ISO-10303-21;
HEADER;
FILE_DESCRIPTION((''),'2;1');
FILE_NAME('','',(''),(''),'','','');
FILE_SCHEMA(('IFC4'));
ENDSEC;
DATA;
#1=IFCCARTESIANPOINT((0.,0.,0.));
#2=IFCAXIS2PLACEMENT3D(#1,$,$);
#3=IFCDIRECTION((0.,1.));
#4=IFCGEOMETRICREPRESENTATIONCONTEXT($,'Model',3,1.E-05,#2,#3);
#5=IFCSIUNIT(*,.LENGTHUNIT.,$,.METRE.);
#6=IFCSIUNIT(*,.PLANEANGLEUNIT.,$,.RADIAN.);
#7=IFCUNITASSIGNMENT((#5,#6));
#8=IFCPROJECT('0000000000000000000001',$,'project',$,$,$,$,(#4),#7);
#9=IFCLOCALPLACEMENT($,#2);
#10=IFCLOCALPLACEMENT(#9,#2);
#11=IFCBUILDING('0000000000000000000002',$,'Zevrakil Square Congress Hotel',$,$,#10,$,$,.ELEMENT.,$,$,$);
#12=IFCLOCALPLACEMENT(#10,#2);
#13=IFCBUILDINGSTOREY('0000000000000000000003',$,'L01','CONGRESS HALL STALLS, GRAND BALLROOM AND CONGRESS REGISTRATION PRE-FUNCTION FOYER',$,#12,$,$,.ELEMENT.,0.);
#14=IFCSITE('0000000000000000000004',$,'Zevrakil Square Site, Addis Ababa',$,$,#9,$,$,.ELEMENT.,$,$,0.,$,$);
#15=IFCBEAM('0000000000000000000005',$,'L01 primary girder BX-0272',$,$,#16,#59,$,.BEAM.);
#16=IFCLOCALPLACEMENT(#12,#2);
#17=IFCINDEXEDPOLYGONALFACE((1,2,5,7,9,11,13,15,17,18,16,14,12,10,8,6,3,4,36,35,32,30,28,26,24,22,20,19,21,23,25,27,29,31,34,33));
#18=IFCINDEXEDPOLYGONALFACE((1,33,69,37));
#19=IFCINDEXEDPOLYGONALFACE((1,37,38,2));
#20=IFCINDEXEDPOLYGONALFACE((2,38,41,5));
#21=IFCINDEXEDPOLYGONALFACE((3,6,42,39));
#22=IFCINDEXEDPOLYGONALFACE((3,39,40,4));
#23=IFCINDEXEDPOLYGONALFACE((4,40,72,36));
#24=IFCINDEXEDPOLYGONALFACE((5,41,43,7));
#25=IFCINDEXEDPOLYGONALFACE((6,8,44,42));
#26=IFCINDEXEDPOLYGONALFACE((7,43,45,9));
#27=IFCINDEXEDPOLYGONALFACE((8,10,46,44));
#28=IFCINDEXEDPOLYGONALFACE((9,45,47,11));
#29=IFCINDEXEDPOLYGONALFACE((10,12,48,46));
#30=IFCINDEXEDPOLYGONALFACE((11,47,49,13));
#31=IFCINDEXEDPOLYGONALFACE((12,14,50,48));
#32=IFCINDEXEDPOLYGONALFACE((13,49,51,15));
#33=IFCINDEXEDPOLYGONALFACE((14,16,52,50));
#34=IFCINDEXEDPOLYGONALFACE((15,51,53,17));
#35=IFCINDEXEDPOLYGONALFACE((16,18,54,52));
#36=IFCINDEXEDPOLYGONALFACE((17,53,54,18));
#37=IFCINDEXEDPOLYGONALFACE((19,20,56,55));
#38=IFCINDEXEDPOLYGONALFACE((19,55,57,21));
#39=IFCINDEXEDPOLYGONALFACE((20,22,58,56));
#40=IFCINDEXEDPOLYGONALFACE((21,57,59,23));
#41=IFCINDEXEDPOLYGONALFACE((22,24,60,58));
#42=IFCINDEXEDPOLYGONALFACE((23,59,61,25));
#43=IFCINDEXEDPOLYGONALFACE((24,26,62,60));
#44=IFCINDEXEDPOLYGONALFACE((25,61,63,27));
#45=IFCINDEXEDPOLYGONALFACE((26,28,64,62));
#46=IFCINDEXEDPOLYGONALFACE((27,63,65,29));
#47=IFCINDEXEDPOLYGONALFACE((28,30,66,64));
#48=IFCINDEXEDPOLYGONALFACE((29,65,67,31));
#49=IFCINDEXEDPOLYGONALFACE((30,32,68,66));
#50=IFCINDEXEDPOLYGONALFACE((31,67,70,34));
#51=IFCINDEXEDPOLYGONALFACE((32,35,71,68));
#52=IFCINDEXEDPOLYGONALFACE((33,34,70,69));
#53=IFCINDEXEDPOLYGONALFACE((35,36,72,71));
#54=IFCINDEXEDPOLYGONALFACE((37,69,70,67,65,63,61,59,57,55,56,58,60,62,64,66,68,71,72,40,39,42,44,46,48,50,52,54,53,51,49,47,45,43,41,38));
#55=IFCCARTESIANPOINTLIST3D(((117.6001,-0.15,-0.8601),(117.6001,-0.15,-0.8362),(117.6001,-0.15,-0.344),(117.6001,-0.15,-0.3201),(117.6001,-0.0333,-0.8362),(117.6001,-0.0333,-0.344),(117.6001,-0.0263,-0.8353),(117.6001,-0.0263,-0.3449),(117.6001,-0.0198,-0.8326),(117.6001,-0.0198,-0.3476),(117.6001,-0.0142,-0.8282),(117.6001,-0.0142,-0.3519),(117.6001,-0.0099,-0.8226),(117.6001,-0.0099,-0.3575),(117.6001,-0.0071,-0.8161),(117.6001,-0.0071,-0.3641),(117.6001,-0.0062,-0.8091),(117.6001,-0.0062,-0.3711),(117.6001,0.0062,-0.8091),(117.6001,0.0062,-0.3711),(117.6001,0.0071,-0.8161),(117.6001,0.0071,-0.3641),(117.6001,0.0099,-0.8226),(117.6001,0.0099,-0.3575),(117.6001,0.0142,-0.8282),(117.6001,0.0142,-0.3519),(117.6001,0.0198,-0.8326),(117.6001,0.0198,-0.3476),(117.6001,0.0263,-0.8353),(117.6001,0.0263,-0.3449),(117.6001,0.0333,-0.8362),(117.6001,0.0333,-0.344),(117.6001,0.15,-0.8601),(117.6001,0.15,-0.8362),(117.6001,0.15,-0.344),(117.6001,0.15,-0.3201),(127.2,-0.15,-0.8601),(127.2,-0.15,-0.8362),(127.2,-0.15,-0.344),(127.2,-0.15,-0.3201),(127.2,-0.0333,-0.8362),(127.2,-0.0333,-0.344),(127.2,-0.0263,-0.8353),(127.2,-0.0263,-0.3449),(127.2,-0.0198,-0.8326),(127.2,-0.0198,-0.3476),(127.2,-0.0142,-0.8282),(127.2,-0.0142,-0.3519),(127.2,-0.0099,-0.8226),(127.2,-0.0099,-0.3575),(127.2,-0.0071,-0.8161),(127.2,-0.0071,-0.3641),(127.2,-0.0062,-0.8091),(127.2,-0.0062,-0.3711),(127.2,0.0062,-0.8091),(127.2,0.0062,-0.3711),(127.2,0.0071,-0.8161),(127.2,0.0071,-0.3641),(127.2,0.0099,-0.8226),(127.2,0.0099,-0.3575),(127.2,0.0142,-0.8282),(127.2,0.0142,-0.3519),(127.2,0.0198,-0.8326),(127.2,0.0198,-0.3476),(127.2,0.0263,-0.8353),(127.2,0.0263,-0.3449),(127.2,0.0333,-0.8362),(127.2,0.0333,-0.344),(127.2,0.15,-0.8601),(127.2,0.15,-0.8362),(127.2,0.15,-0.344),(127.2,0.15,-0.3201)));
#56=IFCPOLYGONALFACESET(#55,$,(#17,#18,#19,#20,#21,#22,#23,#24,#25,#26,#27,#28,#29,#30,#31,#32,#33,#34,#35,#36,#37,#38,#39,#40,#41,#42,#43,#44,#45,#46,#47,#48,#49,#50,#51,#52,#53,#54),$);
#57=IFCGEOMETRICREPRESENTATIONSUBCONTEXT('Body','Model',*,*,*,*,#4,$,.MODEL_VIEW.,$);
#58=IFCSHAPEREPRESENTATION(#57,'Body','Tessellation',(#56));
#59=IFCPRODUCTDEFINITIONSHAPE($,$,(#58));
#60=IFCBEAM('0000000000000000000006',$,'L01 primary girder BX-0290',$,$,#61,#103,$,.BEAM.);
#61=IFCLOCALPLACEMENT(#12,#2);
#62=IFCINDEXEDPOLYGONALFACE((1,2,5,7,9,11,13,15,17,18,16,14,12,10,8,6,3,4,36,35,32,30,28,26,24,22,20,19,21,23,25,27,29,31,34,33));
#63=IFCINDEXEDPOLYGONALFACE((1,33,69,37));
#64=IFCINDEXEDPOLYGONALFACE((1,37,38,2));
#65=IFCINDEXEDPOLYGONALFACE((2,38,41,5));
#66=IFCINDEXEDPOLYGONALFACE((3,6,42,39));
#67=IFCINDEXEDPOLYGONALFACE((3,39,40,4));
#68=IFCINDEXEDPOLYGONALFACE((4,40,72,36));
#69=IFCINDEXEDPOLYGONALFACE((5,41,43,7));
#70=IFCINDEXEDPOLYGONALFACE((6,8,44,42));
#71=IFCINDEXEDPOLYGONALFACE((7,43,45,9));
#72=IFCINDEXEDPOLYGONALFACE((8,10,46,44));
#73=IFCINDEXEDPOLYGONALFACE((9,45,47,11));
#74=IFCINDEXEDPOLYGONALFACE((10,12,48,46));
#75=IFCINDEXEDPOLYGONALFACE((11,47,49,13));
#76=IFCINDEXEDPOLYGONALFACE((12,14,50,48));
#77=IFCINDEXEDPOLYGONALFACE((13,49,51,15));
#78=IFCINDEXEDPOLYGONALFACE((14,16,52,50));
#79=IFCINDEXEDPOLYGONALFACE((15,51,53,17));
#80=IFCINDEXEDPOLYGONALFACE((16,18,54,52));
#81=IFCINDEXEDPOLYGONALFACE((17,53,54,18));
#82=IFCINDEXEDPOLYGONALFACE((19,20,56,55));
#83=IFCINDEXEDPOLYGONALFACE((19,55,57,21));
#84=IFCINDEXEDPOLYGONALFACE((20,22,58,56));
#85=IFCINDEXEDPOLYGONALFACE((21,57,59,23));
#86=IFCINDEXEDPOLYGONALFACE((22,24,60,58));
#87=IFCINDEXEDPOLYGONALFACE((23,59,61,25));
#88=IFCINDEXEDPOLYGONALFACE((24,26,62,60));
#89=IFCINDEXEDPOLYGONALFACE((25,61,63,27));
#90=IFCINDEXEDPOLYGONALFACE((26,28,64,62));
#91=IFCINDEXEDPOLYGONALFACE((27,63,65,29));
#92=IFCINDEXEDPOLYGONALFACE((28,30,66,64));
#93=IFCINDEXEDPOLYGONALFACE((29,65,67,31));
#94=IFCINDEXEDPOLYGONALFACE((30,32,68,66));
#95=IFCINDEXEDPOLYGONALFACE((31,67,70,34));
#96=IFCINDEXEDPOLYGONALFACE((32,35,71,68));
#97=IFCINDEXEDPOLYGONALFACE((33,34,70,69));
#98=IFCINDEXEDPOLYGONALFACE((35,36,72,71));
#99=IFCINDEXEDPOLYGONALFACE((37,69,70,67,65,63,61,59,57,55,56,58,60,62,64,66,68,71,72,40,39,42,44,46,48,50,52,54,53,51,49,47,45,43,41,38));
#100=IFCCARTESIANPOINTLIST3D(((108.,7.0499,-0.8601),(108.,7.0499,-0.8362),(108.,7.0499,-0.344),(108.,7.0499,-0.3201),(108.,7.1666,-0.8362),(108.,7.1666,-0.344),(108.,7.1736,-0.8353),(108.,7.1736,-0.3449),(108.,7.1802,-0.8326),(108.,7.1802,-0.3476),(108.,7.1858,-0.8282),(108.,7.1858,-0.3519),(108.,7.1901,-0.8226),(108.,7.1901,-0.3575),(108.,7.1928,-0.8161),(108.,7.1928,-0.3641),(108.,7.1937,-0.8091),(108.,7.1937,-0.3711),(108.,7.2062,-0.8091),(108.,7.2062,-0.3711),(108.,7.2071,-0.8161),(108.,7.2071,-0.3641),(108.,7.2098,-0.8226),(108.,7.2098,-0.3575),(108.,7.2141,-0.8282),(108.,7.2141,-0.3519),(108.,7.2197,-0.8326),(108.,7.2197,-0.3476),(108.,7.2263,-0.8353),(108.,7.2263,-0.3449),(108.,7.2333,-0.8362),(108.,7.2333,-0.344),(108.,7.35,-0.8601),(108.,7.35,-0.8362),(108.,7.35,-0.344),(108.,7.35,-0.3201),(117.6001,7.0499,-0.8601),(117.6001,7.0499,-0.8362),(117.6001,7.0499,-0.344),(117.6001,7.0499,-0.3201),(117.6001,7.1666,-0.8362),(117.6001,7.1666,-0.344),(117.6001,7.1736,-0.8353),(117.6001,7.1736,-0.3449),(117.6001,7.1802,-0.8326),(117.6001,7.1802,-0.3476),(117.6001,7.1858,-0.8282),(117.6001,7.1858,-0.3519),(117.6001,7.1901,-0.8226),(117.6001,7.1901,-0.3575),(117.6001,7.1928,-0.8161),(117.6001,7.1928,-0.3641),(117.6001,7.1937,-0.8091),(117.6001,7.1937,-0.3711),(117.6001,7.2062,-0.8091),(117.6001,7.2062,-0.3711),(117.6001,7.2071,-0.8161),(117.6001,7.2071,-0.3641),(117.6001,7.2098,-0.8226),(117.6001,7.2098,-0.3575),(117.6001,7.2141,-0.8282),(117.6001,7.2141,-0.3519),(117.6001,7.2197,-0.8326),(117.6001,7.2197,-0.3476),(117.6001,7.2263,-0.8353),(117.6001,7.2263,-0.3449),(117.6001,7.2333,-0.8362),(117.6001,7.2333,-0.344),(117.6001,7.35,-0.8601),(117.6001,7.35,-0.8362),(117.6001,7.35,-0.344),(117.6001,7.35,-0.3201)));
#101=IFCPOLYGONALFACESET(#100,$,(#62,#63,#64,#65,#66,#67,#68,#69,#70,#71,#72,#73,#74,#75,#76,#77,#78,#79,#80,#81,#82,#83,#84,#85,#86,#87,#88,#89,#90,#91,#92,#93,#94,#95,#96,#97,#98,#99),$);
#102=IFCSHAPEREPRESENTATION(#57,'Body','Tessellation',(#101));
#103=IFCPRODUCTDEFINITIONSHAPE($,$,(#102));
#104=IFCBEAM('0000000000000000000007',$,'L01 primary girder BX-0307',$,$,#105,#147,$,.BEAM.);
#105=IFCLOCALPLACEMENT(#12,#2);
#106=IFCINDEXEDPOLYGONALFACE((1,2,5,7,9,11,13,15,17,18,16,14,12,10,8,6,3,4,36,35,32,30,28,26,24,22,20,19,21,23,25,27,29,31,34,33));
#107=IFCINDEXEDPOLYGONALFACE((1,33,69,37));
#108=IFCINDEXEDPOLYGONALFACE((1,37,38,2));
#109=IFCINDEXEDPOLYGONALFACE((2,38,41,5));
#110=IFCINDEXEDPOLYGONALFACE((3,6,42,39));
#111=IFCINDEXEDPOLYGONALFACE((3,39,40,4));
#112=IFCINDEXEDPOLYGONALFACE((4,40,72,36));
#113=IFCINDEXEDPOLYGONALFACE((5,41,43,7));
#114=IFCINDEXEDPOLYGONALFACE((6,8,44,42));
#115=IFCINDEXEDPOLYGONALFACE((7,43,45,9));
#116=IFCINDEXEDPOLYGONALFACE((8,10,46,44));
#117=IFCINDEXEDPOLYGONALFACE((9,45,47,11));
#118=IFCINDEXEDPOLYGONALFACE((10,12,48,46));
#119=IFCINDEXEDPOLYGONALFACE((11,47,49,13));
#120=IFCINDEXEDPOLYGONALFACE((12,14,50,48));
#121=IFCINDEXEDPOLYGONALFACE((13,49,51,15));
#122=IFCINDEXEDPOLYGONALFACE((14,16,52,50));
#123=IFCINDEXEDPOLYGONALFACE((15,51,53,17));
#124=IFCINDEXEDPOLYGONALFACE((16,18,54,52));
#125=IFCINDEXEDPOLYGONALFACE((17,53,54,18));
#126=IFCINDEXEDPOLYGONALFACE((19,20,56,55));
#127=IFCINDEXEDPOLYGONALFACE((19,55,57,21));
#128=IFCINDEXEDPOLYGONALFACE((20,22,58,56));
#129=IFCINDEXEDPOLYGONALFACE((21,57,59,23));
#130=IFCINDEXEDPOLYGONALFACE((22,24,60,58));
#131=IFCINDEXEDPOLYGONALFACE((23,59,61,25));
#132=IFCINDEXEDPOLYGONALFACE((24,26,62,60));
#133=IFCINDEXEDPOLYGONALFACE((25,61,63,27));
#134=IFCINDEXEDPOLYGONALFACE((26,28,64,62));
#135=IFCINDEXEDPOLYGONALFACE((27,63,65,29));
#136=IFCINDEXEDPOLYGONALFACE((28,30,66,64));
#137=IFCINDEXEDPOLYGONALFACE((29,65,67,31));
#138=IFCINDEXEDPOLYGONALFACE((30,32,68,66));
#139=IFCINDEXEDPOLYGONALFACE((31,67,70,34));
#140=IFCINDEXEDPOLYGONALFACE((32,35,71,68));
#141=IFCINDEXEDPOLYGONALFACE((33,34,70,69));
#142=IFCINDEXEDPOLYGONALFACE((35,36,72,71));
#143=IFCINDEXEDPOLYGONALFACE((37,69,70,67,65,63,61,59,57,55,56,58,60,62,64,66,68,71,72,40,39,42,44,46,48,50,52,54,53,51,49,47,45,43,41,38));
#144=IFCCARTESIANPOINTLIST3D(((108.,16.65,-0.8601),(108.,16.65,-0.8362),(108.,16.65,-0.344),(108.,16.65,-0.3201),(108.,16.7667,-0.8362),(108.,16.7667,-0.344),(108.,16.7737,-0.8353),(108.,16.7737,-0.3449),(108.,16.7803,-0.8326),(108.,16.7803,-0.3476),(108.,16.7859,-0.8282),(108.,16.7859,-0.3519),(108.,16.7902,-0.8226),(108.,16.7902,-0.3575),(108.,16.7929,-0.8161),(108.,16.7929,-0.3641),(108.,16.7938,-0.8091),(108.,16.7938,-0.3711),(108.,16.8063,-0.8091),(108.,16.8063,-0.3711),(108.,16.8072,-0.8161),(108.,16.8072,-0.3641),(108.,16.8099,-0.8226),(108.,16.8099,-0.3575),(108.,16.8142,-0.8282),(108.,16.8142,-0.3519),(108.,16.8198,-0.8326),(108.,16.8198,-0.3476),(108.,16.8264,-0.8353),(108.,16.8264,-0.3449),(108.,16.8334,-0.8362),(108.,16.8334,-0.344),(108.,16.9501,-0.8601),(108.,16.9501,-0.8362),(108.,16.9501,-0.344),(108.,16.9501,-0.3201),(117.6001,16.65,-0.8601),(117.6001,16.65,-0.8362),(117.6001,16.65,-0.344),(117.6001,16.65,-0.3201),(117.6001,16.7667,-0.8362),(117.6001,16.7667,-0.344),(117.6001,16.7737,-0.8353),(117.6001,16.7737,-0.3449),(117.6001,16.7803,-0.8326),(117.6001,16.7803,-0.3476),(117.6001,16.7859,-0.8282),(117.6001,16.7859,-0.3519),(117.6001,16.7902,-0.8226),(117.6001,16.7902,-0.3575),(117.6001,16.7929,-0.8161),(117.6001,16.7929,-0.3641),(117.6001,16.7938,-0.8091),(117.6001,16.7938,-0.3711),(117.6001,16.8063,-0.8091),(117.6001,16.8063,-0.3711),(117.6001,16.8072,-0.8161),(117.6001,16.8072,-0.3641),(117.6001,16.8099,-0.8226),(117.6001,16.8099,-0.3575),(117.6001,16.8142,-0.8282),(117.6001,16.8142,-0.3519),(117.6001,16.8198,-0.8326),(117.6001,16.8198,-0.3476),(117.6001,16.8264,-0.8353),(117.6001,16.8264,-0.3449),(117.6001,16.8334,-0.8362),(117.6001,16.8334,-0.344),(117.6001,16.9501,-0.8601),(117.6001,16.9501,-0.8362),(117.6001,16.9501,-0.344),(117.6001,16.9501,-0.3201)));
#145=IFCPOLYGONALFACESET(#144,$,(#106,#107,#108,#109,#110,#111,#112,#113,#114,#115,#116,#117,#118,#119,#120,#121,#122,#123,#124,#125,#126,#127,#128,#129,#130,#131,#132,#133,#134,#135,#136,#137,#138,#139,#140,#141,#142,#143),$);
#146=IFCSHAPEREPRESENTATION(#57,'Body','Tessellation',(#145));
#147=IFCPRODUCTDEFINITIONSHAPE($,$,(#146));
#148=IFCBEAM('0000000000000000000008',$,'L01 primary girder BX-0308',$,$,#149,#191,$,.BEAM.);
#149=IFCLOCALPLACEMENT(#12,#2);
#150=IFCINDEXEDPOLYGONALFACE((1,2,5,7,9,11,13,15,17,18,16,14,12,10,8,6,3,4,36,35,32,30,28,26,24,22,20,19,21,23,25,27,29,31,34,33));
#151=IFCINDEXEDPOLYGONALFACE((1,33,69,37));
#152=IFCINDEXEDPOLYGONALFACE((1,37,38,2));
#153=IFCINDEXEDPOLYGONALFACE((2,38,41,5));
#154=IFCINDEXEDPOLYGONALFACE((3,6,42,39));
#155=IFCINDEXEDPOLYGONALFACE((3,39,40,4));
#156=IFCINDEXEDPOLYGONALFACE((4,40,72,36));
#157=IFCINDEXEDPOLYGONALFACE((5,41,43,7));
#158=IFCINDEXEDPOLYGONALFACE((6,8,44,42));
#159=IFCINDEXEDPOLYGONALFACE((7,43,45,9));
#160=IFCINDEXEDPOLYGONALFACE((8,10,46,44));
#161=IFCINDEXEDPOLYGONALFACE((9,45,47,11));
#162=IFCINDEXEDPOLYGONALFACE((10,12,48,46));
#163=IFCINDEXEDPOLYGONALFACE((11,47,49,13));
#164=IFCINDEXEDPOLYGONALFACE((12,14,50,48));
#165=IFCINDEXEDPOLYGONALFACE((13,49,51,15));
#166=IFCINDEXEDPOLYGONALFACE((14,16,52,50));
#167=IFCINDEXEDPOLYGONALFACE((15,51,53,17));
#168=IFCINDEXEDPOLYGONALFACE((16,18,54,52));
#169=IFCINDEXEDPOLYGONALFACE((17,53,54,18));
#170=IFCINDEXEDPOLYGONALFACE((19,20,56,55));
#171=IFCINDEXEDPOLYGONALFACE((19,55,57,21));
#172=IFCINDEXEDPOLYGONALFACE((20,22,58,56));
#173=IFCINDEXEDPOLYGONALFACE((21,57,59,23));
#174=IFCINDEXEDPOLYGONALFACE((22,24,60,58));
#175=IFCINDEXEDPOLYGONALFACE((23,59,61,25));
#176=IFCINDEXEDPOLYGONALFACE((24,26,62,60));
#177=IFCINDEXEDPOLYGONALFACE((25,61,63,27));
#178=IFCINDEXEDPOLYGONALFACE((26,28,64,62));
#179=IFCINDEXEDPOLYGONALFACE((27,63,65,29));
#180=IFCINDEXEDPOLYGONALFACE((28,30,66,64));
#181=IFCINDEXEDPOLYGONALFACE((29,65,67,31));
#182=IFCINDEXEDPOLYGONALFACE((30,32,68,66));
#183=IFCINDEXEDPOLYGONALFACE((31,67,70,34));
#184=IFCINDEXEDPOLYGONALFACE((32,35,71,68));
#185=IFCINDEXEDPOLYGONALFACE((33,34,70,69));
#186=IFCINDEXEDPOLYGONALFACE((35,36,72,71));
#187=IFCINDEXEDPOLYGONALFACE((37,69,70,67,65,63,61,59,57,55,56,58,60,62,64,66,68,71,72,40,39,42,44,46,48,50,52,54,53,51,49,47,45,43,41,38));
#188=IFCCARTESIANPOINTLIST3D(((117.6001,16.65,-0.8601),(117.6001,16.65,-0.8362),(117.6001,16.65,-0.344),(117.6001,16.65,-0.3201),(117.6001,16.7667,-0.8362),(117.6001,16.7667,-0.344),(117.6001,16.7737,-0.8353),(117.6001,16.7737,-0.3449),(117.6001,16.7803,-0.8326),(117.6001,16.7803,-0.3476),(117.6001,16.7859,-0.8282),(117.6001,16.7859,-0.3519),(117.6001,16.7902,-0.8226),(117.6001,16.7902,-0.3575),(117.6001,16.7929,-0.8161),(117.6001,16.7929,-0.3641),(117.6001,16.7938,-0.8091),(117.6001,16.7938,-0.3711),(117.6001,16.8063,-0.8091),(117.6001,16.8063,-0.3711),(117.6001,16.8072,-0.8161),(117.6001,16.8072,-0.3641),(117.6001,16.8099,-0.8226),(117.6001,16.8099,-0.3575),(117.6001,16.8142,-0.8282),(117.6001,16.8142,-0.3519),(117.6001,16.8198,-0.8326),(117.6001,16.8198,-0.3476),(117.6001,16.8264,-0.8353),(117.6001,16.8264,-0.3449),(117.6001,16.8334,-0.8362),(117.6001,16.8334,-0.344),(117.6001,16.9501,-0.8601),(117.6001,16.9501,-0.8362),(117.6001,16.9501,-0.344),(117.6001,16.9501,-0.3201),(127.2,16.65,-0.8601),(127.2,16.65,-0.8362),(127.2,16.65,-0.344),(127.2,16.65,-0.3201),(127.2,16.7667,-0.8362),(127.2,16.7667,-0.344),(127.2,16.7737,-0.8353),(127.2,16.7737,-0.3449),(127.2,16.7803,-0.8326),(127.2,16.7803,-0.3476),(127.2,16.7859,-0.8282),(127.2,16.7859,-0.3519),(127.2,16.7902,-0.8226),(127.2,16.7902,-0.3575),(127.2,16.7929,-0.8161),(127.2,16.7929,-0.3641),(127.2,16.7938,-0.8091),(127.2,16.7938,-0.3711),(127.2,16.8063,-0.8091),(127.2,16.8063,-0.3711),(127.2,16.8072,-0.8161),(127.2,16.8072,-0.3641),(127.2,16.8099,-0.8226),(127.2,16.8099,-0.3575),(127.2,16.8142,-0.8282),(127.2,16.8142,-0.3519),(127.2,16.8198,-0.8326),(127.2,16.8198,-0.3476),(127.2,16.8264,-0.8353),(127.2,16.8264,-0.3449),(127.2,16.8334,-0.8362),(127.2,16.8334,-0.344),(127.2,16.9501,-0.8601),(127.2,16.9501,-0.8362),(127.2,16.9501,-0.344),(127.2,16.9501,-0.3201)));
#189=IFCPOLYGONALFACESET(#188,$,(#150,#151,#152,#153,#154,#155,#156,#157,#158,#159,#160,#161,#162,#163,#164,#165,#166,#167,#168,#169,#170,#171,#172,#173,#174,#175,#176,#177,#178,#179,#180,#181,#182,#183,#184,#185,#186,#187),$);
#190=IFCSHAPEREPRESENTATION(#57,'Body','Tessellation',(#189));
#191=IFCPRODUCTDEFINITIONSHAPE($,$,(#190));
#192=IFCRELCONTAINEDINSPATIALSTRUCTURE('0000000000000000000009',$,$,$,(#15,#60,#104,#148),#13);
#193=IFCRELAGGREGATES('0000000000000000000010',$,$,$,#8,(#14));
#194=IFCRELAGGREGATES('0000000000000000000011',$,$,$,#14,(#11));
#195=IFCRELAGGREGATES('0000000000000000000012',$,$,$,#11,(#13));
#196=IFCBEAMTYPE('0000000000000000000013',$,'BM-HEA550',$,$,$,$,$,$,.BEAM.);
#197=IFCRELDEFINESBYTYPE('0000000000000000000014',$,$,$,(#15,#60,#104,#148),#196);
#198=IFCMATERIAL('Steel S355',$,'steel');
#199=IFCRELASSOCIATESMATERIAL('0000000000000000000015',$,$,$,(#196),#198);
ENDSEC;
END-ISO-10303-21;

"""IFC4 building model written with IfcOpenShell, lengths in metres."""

from ifc_helpers import new_model, si_unit, direction, frame, origin, origin_2d, place, context, subcontext, project, spatial, i_section, extrude, material, material_profile, profile_set, type_object, element, save


model = new_model("IFC4")

# Units and contexts
model_context = context("Model", 3, precision=1e-05, world=origin(), true_north=direction((0.0, 1.0)))
body_context = subcontext(model_context, "Body", "Model", "MODEL_VIEW")
ifc_project = project(units=[si_unit("LENGTHUNIT", "METRE"), si_unit("PLANEANGLEUNIT", "RADIAN")], contexts=[model_context])

# Site, building, storey
site_placement = place(None, origin())
site = spatial("IfcSite", under=ifc_project, at=site_placement, Name="Zevrakil Square Site, Addis Ababa", CompositionType="ELEMENT", RefElevation=0.0)
building_placement = place(site_placement, origin())
building = spatial("IfcBuilding", under=site, at=building_placement, Name="Zevrakil Square Congress Hotel", CompositionType="ELEMENT")
storey_placement = place(building_placement, origin())
storey = spatial("IfcBuildingStorey", under=building, at=storey_placement, Name="L01", Description="CONGRESS HALL STALLS, GRAND BALLROOM AND CONGRESS REGISTRATION PRE-FUNCTION FOYER", CompositionType="ELEMENT", Elevation=0.0)

# Beams
ifc_material_1 = material(Name="Steel S355", Category="steel")
ifc_material_profile_1 = material_profile(ifc_material_1, i_section(OverallWidth=0.3, OverallDepth=0.54, WebThickness=0.0125, FlangeThickness=0.0239, FilletRadius=0.0271, at=origin_2d()), Name="HEA 550")
ifc_profile_set_1 = profile_set([ifc_material_profile_1], Name="Steel S355")
beam_type_1 = type_object("IfcBeamType", Name="BM-HEA550", PredefinedType="BEAM", material=ifc_profile_set_1)
beam_1_placement = place(storey_placement, frame((117.6001, 0.0, -0.5901), z_axis=(1.0, 0.0, 0.0), x_axis=(0.0, 1.0, 0.0)))
element("IfcBeam", 1, at=beam_1_placement, inside=storey, type_object=beam_type_1, Name="L01 primary girder BX-0272", PredefinedType="BEAM", context=body_context, shape_type="SweptSolid", body=[
    extrude(i_section(OverallWidth=0.3, OverallDepth=0.54, WebThickness=0.0125, FlangeThickness=0.0239, FilletRadius=0.0271, at=origin_2d()), origin(), (0.0, 0.0, 1.0), 9.5999),
])
for number, where, z_axis, x_axis, name in (
    (2, (108.0, 7.2, -0.5901), (1.0, 0.0, 0.0), (0.0, 1.0, 0.0), "L01 primary girder BX-0290"),
    (3, (108.0, 16.8, -0.5901), (1.0, 0.0, 0.0), (0.0, 1.0, 0.0), "L01 primary girder BX-0307"),
):
    element("IfcBeam", number, at=place(storey_placement, frame(where, z_axis=z_axis, x_axis=x_axis)), inside=storey, type_object=beam_type_1, Name=name, PredefinedType="BEAM", context=body_context, shape_type="SweptSolid", body=[
        extrude(i_section(OverallWidth=0.3, OverallDepth=0.54, WebThickness=0.0125, FlangeThickness=0.0239, FilletRadius=0.0271, at=origin_2d()), origin(), (0.0, 0.0, 1.0), 9.6001),
    ])
beam_2_placement = place(storey_placement, frame((117.6001, 16.8, -0.5901), z_axis=(1.0, 0.0, 0.0), x_axis=(0.0, 1.0, 0.0)))
element("IfcBeam", 4, at=beam_2_placement, inside=storey, type_object=beam_type_1, Name="L01 primary girder BX-0308", PredefinedType="BEAM", context=body_context, shape_type="SweptSolid", body=[
    extrude(i_section(OverallWidth=0.3, OverallDepth=0.54, WebThickness=0.0125, FlangeThickness=0.0239, FilletRadius=0.0271, at=origin_2d()), origin(), (0.0, 0.0, 1.0), 9.5999),
])

save(model, "model.ifc")
